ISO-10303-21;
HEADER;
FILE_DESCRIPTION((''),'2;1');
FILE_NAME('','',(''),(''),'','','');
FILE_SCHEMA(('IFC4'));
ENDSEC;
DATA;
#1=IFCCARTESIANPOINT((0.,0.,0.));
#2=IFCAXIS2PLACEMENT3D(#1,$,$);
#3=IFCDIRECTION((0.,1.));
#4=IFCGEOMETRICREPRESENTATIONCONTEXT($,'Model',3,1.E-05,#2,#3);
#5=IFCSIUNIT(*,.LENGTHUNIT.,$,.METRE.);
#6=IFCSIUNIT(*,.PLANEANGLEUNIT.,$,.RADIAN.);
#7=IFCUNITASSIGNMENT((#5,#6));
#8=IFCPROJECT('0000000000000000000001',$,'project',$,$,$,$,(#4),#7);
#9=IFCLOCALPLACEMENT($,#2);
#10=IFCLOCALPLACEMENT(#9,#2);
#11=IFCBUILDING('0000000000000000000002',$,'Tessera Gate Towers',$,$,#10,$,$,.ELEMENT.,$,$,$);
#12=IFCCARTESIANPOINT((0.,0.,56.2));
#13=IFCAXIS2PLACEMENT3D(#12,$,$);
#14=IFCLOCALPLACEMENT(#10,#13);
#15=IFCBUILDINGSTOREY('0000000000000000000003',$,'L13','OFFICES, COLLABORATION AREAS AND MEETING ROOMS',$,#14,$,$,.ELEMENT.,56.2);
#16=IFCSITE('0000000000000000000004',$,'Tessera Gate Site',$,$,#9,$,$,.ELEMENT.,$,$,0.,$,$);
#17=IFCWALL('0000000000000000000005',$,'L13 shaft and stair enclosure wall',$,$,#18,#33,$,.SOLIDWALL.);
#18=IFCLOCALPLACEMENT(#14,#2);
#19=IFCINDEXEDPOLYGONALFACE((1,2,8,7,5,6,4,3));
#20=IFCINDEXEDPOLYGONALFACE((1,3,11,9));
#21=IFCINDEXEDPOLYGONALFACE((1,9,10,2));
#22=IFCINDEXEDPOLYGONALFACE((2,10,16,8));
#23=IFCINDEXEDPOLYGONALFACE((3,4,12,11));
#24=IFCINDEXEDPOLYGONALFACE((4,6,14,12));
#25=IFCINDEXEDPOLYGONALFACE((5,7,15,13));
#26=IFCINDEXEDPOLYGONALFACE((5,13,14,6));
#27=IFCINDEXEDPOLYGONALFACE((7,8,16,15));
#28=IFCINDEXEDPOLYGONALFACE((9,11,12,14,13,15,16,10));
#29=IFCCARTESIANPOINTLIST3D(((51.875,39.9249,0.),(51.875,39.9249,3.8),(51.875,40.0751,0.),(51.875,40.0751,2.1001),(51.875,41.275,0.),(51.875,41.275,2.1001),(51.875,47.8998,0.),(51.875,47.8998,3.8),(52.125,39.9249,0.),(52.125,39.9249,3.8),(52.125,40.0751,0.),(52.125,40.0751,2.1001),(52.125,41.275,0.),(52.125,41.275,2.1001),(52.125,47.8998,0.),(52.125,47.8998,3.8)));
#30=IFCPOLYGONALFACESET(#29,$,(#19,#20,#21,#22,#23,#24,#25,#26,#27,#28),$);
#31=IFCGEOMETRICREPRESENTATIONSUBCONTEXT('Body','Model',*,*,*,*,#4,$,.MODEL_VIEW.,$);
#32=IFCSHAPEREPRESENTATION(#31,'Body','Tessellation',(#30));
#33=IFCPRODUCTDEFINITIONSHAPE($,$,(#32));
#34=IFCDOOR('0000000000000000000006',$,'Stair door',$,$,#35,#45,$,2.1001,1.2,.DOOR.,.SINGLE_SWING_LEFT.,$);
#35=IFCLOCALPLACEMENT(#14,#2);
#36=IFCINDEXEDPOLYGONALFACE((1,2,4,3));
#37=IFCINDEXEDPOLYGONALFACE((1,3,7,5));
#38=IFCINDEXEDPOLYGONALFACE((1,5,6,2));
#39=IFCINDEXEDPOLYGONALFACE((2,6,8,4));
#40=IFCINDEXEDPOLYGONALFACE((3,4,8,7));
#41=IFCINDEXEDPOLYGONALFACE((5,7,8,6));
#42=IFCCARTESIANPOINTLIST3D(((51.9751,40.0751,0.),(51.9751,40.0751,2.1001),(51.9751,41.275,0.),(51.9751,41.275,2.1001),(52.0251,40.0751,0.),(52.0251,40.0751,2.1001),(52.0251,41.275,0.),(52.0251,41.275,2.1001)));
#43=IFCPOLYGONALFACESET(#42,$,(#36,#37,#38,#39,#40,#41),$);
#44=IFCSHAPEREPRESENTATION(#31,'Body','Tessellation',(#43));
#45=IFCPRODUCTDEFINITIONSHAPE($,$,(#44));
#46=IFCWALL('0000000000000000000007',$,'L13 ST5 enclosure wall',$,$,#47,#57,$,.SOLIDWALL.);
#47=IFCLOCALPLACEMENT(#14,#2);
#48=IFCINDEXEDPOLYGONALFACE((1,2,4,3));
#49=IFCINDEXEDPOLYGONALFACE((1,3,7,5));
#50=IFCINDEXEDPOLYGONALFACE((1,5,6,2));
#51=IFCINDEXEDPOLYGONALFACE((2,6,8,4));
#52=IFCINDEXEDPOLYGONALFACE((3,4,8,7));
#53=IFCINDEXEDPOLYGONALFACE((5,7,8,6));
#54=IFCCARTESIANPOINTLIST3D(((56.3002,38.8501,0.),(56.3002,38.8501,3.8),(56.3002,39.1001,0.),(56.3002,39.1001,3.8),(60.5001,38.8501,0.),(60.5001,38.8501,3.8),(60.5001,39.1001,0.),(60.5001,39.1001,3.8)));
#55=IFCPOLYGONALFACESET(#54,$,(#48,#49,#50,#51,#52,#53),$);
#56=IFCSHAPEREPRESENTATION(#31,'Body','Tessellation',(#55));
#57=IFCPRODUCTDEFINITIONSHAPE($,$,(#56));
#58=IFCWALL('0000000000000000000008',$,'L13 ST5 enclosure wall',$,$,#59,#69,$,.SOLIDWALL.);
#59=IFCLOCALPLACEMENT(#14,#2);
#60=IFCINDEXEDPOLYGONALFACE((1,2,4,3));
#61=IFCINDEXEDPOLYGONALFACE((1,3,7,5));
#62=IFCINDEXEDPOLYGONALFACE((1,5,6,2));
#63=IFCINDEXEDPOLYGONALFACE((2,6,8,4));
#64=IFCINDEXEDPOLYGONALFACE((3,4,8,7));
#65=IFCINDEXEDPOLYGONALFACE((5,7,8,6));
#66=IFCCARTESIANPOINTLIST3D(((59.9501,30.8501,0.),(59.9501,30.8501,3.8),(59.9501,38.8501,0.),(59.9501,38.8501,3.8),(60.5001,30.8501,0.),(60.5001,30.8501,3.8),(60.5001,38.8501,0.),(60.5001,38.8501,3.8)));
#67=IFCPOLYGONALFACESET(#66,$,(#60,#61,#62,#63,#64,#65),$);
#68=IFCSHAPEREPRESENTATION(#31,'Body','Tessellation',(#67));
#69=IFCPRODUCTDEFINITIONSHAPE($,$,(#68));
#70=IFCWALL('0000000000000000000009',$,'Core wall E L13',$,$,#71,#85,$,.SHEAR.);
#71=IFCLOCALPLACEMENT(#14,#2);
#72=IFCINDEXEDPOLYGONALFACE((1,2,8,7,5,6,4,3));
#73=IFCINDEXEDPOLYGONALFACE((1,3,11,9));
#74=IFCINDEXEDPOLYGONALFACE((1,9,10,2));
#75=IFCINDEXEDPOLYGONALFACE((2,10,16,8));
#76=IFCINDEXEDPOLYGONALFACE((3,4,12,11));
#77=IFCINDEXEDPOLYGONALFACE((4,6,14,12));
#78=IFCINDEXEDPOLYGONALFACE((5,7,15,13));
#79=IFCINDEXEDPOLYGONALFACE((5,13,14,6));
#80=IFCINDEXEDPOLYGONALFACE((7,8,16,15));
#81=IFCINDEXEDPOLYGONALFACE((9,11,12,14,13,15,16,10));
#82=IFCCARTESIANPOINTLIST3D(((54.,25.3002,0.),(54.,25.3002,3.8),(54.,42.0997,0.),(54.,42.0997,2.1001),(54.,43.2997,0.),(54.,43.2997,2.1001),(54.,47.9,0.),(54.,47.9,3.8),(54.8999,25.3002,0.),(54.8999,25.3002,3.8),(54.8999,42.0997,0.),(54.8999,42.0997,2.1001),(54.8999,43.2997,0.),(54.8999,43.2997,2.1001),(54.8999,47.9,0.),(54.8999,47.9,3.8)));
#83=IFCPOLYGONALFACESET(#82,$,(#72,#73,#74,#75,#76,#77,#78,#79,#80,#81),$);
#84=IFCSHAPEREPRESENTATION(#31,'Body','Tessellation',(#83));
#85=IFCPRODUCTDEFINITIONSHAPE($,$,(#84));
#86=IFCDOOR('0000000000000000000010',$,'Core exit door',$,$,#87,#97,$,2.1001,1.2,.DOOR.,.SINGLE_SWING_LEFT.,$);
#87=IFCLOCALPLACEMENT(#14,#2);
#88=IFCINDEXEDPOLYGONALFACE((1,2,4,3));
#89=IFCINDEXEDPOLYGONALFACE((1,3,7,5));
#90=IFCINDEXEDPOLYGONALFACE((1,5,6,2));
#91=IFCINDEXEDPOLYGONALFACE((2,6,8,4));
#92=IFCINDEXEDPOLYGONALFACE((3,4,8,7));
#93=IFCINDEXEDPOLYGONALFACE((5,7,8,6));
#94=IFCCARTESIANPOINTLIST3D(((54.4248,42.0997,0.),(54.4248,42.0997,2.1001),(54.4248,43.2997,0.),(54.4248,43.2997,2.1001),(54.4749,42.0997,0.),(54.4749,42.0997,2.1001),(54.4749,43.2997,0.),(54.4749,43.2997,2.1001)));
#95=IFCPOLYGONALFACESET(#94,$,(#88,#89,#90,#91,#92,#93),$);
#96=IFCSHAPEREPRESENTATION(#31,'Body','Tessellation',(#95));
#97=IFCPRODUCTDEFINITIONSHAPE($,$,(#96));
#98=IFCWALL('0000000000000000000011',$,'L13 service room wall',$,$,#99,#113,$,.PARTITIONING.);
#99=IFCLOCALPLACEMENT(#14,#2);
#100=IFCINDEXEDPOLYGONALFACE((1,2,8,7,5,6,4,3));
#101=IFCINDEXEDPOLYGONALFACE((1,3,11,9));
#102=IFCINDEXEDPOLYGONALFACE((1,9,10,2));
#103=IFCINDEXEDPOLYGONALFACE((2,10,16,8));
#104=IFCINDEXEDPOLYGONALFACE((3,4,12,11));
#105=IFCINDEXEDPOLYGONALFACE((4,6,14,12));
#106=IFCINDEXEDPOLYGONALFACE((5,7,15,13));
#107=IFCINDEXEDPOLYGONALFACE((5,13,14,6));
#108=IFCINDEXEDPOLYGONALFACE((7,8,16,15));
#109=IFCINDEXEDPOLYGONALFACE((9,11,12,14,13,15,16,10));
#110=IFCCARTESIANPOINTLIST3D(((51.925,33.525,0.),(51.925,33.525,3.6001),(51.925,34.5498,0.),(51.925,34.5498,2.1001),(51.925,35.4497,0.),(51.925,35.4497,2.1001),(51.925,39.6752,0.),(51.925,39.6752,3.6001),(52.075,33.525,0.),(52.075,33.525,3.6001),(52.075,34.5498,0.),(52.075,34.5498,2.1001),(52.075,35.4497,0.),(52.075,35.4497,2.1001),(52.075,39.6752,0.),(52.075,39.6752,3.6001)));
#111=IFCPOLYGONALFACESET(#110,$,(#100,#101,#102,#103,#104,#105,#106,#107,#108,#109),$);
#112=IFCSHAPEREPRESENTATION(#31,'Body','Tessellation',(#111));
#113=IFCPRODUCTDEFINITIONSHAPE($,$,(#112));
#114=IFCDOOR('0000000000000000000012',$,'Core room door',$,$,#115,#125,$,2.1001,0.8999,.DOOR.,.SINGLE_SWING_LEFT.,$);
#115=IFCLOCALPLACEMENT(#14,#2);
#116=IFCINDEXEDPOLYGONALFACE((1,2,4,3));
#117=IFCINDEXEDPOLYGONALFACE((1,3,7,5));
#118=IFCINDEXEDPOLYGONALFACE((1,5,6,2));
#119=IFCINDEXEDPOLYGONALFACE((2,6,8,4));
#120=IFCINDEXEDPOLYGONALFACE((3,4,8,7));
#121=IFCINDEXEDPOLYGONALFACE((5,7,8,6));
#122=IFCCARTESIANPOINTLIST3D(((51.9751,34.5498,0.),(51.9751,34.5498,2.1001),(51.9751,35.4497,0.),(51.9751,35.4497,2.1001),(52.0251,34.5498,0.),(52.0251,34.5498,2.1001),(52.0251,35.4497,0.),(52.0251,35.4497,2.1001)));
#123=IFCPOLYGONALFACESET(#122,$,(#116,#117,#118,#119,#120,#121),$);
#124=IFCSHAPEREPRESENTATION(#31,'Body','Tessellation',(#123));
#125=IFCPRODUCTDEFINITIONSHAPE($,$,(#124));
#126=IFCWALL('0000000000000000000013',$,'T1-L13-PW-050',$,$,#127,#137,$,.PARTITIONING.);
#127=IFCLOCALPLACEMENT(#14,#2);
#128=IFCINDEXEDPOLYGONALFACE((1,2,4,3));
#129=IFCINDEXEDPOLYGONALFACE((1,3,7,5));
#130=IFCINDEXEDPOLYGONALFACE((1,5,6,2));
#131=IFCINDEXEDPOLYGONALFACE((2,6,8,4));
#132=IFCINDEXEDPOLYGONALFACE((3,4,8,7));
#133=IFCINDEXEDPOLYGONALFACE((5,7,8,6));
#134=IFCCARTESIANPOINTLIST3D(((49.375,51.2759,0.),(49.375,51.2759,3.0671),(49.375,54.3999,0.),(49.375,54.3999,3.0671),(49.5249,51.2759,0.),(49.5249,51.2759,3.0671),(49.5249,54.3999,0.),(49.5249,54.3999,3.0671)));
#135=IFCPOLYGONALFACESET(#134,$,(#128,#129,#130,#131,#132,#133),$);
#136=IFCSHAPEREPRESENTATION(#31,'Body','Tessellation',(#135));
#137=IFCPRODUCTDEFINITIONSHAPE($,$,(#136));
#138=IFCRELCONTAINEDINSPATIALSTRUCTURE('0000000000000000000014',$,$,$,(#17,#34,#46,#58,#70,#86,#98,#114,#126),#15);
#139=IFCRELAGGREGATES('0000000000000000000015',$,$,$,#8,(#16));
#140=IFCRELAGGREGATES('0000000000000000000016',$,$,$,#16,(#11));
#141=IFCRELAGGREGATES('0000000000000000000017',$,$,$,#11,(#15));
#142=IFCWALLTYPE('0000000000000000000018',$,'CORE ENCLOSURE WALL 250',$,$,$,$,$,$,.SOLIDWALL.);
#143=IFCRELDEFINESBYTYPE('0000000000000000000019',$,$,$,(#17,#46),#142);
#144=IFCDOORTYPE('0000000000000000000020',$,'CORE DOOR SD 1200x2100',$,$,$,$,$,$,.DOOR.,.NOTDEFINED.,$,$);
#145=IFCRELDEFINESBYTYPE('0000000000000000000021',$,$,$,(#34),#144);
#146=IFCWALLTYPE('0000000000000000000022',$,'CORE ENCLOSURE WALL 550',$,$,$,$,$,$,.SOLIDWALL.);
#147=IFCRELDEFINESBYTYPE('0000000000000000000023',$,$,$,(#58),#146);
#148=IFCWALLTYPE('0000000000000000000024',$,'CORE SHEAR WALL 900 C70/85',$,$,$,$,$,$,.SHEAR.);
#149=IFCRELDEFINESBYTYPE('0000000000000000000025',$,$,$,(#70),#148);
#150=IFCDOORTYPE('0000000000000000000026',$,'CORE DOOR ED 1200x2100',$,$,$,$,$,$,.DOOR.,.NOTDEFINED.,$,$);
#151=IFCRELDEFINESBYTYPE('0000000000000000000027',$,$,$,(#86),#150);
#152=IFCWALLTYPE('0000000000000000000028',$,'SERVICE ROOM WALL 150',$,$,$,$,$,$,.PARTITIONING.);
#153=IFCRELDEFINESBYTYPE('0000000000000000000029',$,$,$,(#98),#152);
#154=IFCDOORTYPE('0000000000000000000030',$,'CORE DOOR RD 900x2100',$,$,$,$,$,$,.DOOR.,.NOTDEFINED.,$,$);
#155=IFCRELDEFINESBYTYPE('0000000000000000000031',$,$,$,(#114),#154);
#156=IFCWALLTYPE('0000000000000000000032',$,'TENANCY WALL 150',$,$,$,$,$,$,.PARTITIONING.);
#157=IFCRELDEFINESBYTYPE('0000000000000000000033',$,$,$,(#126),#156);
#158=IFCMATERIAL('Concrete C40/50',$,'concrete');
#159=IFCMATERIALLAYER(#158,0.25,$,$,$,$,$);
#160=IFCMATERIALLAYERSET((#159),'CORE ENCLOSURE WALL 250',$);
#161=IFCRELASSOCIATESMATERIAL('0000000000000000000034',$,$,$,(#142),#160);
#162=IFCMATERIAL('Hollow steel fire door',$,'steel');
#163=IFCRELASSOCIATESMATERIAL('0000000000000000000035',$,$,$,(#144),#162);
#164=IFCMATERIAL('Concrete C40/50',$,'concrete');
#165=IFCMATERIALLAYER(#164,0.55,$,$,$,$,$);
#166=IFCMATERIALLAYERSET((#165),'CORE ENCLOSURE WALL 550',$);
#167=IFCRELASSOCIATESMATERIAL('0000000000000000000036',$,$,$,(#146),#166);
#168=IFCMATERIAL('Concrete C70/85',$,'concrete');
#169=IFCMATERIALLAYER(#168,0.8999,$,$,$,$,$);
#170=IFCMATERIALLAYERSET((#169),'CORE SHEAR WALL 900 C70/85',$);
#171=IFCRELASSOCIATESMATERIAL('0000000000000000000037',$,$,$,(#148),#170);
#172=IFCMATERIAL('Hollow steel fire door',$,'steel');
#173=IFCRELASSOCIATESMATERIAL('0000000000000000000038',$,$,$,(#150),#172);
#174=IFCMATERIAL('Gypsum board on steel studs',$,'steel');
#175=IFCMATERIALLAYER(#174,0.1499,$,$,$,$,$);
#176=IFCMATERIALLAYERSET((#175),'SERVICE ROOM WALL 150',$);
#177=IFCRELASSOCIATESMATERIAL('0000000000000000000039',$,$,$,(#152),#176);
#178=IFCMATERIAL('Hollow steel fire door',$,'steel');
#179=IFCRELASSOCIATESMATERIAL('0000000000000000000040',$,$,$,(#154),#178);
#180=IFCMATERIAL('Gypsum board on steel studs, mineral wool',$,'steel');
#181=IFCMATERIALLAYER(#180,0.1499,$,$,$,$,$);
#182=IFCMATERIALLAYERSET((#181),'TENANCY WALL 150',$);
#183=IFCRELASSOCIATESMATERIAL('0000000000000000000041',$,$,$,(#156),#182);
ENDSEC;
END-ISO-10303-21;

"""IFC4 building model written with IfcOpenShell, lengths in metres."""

from ifc_helpers import new_model, si_unit, direction, frame, frame_2d, origin, place, context, subcontext, project, spatial, rectangle, extrude, source, transform, mapped, material, layer, layer_set, type_object, element, fill, save


model = new_model("IFC4")

# Units and contexts
model_context = context("Model", 3, precision=1e-05, world=origin(), true_north=direction((0.0, 1.0)))
body_context = subcontext(model_context, "Body", "Model", "MODEL_VIEW")
ifc_project = project(units=[si_unit("LENGTHUNIT", "METRE"), si_unit("PLANEANGLEUNIT", "RADIAN")], contexts=[model_context])

# Site, building, storey
site_placement = place(None, origin())
site = spatial("IfcSite", under=ifc_project, at=site_placement, Name="Tessera Gate Site", CompositionType="ELEMENT", RefElevation=0.0)
building_placement = place(site_placement, origin())
building = spatial("IfcBuilding", under=site, at=building_placement, Name="Tessera Gate Towers", CompositionType="ELEMENT")
storey_placement = place(building_placement, frame((0.0, 0.0, 56.2)))
storey = spatial("IfcBuildingStorey", under=building, at=storey_placement, Name="L13", Description="OFFICES, COLLABORATION AREAS AND MEETING ROOMS", CompositionType="ELEMENT", Elevation=56.2)

# Wall, opening, door
ifc_material_1 = material(Name="Concrete C40/50", Category="concrete")
ifc_layer_1 = layer(ifc_material_1, 0.25)
ifc_layer_set_1 = layer_set([ifc_layer_1], Name="CORE ENCLOSURE WALL 250")
wall_type_1 = type_object("IfcWallType", Name="CORE ENCLOSURE WALL 250", PredefinedType="SOLIDWALL", material=ifc_layer_set_1)
wall_1_placement = place(storey_placement, frame((52.0, 39.925, 0.0), z_axis=(0.0, 0.0, 1.0), x_axis=(0.0, 1.0, 0.0)))
wall_1 = element("IfcWall", 1, at=wall_1_placement, inside=storey, type_object=wall_type_1, Name="L13 shaft and stair enclosure wall", PredefinedType="SOLIDWALL", context=body_context, shape_type="SweptSolid", body=[
    extrude(rectangle(XDim=7.9749, YDim=0.25, at=frame_2d((3.9873, 0.0))), origin(), (0.0, 0.0, 1.0), 3.8),
])
shared_shape_1 = source(origin(), body_context, "Body", "SweptSolid", [
    extrude(rectangle(XDim=1.2, YDim=2.1001, at=frame_2d((0.6001, 1.05))), frame((0.0, 0.135, 0.0), z_axis=(0.0, -1.0, 0.0), x_axis=(1.0, 0.0, 0.0)), (0.0, 0.0, 1.0), 0.27),
])
opening_1_placement = place(wall_1_placement, frame((0.1499, 0.0, 0.0)))
opening_1 = element("IfcOpeningElement", 2, at=opening_1_placement, cuts=wall_1, PredefinedType="OPENING", context=body_context, shape_type="MappedRepresentation", body=[
    mapped(shared_shape_1, transform((0.0, 0.0, 0.0), scale=1.0)),
])
ifc_material_2 = material(Name="Hollow steel fire door", Category="steel")
door_type_1 = type_object("IfcDoorType", Name="CORE DOOR SD 1200x2100", OperationType="NOTDEFINED", PredefinedType="DOOR", material=ifc_material_2)
shared_shape_2 = source(origin(), body_context, "Body", "SweptSolid", [
    extrude(rectangle(XDim=1.2, YDim=2.1001, at=frame_2d((0.6001, 1.05))), frame((0.0, 0.0249, 0.0), z_axis=(0.0, -1.0, 0.0), x_axis=(1.0, 0.0, 0.0)), (0.0, 0.0, 1.0), 0.05),
])
door_1_placement = place(opening_1_placement, origin())
door_1 = element("IfcDoor", 3, at=door_1_placement, inside=storey, type_object=door_type_1, Name="Stair door", OperationType="SINGLE_SWING_LEFT", OverallHeight=2.1001, OverallWidth=1.2, PredefinedType="DOOR", context=body_context, shape_type="MappedRepresentation", body=[
    mapped(shared_shape_2, transform((0.0, 0.0, 0.0), scale=1.0)),
])
fill(opening_1, door_1)

# Walls
wall_2_placement = place(storey_placement, frame((56.3, 38.9751, 0.0), z_axis=(0.0, 0.0, 1.0), x_axis=(1.0, 0.0, 0.0)))
element("IfcWall", 4, at=wall_2_placement, inside=storey, type_object=wall_type_1, Name="L13 ST5 enclosure wall", PredefinedType="SOLIDWALL", context=body_context, shape_type="SweptSolid", body=[
    extrude(rectangle(XDim=4.2, YDim=0.25, at=frame_2d((2.1001, 0.0))), origin(), (0.0, 0.0, 1.0), 3.8),
])
ifc_material_3 = material(Name="Concrete C40/50", Category="concrete")
ifc_layer_2 = layer(ifc_material_3, 0.55)
ifc_layer_set_2 = layer_set([ifc_layer_2], Name="CORE ENCLOSURE WALL 550")
wall_type_2 = type_object("IfcWallType", Name="CORE ENCLOSURE WALL 550", PredefinedType="SOLIDWALL", material=ifc_layer_set_2)
wall_3_placement = place(storey_placement, frame((60.2251, 38.8501, 0.0), z_axis=(0.0, 0.0, 1.0), x_axis=(0.0, -1.0, 0.0)))
element("IfcWall", 5, at=wall_3_placement, inside=storey, type_object=wall_type_2, Name="L13 ST5 enclosure wall", PredefinedType="SOLIDWALL", context=body_context, shape_type="SweptSolid", body=[
    extrude(rectangle(XDim=8.0, YDim=0.55, at=frame_2d((4.0, 0.0))), origin(), (0.0, 0.0, 1.0), 3.8),
])

# Walls, openings, doors
ifc_material_4 = material(Name="Concrete C70/85", Category="concrete")
ifc_layer_3 = layer(ifc_material_4, 0.8999)
ifc_layer_set_3 = layer_set([ifc_layer_3], Name="CORE SHEAR WALL 900 C70/85")
wall_type_3 = type_object("IfcWallType", Name="CORE SHEAR WALL 900 C70/85", PredefinedType="SHEAR", material=ifc_layer_set_3)
wall_4_placement = place(storey_placement, frame((54.45, 47.8999, 0.0), z_axis=(0.0, 0.0, 1.0), x_axis=(0.0, -1.0, 0.0)))
wall_4 = element("IfcWall", 6, at=wall_4_placement, inside=storey, type_object=wall_type_3, Name="Core wall E L13", PredefinedType="SHEAR", context=body_context, shape_type="SweptSolid", body=[
    extrude(rectangle(XDim=22.5999, YDim=0.8999, at=frame_2d((11.2998, 0.0))), origin(), (0.0, 0.0, 1.0), 3.8),
])
shared_shape_3 = source(origin(), body_context, "Body", "SweptSolid", [
    extrude(rectangle(XDim=1.2, YDim=2.1001, at=frame_2d((0.6001, 1.05))), frame((0.0, 0.46, 0.0), z_axis=(0.0, -1.0, 0.0), x_axis=(1.0, 0.0, 0.0)), (0.0, 0.0, 1.0), 0.9199),
])
opening_2_placement = place(wall_4_placement, frame((4.6001, 0.0, 0.0)))
opening_2 = element("IfcOpeningElement", 7, at=opening_2_placement, cuts=wall_4, PredefinedType="OPENING", context=body_context, shape_type="MappedRepresentation", body=[
    mapped(shared_shape_3, transform((0.0, 0.0, 0.0), scale=1.0)),
])
ifc_material_5 = material(Name="Hollow steel fire door", Category="steel")
door_type_2 = type_object("IfcDoorType", Name="CORE DOOR ED 1200x2100", OperationType="NOTDEFINED", PredefinedType="DOOR", material=ifc_material_5)
door_2_placement = place(opening_2_placement, origin())
door_2 = element("IfcDoor", 8, at=door_2_placement, inside=storey, type_object=door_type_2, Name="Core exit door", OperationType="SINGLE_SWING_LEFT", OverallHeight=2.1001, OverallWidth=1.2, PredefinedType="DOOR", context=body_context, shape_type="MappedRepresentation", body=[
    mapped(shared_shape_2, transform((0.0, 0.0, 0.0), scale=1.0)),
])
fill(opening_2, door_2)
ifc_material_6 = material(Name="Gypsum board on steel studs", Category="steel")
ifc_layer_4 = layer(ifc_material_6, 0.1499)
ifc_layer_set_4 = layer_set([ifc_layer_4], Name="SERVICE ROOM WALL 150")
wall_type_4 = type_object("IfcWallType", Name="SERVICE ROOM WALL 150", PredefinedType="PARTITIONING", material=ifc_layer_set_4)
wall_5_placement = place(storey_placement, frame((52.0, 33.5249, 0.0), z_axis=(0.0, 0.0, 1.0), x_axis=(0.0, 1.0, 0.0)))
wall_5 = element("IfcWall", 9, at=wall_5_placement, inside=storey, type_object=wall_type_4, Name="L13 service room wall", PredefinedType="PARTITIONING", context=body_context, shape_type="SweptSolid", body=[
    extrude(rectangle(XDim=6.1501, YDim=0.1499, at=frame_2d((3.0752, 0.0))), origin(), (0.0, 0.0, 1.0), 3.6001),
])
shared_shape_4 = source(origin(), body_context, "Body", "SweptSolid", [
    extrude(rectangle(XDim=0.8999, YDim=2.1001, at=frame_2d((0.45, 1.05))), frame((0.0, 0.085, 0.0), z_axis=(0.0, -1.0, 0.0), x_axis=(1.0, 0.0, 0.0)), (0.0, 0.0, 1.0), 0.1699),
])
opening_3_placement = place(wall_5_placement, frame((1.0249, 0.0, 0.0)))
opening_3 = element("IfcOpeningElement", 10, at=opening_3_placement, cuts=wall_5, PredefinedType="OPENING", context=body_context, shape_type="MappedRepresentation", body=[
    mapped(shared_shape_4, transform((0.0, 0.0, 0.0), scale=1.0)),
])
ifc_material_7 = material(Name="Hollow steel fire door", Category="steel")
door_type_3 = type_object("IfcDoorType", Name="CORE DOOR RD 900x2100", OperationType="NOTDEFINED", PredefinedType="DOOR", material=ifc_material_7)
shared_shape_5 = source(origin(), body_context, "Body", "SweptSolid", [
    extrude(rectangle(XDim=0.8999, YDim=2.1001, at=frame_2d((0.45, 1.05))), frame((0.0, 0.0249, 0.0), z_axis=(0.0, -1.0, 0.0), x_axis=(1.0, 0.0, 0.0)), (0.0, 0.0, 1.0), 0.05),
])
door_3_placement = place(opening_3_placement, origin())
door_3 = element("IfcDoor", 11, at=door_3_placement, inside=storey, type_object=door_type_3, Name="Core room door", OperationType="SINGLE_SWING_LEFT", OverallHeight=2.1001, OverallWidth=0.8999, PredefinedType="DOOR", context=body_context, shape_type="MappedRepresentation", body=[
    mapped(shared_shape_5, transform((0.0, 0.0, 0.0), scale=1.0)),
])
fill(opening_3, door_3)

# Wall
ifc_material_8 = material(Name="Gypsum board on steel studs, mineral wool", Category="steel")
ifc_layer_5 = layer(ifc_material_8, 0.1499)
ifc_layer_set_5 = layer_set([ifc_layer_5], Name="TENANCY WALL 150")
wall_type_5 = type_object("IfcWallType", Name="TENANCY WALL 150", PredefinedType="PARTITIONING", material=ifc_layer_set_5)
wall_6_placement = place(storey_placement, frame((49.45, 51.2759, 0.0), z_axis=(0.0, 0.0, 1.0), x_axis=(0.0, 1.0, 0.0)))
element("IfcWall", 12, at=wall_6_placement, inside=storey, type_object=wall_type_5, Name="T1-L13-PW-050", PredefinedType="PARTITIONING", context=body_context, shape_type="SweptSolid", body=[
    extrude(rectangle(XDim=3.124, YDim=0.1499, at=frame_2d((1.562, 0.0))), origin(), (0.0, 0.0, 1.0), 3.0671),
])

save(model, "model.ifc")
